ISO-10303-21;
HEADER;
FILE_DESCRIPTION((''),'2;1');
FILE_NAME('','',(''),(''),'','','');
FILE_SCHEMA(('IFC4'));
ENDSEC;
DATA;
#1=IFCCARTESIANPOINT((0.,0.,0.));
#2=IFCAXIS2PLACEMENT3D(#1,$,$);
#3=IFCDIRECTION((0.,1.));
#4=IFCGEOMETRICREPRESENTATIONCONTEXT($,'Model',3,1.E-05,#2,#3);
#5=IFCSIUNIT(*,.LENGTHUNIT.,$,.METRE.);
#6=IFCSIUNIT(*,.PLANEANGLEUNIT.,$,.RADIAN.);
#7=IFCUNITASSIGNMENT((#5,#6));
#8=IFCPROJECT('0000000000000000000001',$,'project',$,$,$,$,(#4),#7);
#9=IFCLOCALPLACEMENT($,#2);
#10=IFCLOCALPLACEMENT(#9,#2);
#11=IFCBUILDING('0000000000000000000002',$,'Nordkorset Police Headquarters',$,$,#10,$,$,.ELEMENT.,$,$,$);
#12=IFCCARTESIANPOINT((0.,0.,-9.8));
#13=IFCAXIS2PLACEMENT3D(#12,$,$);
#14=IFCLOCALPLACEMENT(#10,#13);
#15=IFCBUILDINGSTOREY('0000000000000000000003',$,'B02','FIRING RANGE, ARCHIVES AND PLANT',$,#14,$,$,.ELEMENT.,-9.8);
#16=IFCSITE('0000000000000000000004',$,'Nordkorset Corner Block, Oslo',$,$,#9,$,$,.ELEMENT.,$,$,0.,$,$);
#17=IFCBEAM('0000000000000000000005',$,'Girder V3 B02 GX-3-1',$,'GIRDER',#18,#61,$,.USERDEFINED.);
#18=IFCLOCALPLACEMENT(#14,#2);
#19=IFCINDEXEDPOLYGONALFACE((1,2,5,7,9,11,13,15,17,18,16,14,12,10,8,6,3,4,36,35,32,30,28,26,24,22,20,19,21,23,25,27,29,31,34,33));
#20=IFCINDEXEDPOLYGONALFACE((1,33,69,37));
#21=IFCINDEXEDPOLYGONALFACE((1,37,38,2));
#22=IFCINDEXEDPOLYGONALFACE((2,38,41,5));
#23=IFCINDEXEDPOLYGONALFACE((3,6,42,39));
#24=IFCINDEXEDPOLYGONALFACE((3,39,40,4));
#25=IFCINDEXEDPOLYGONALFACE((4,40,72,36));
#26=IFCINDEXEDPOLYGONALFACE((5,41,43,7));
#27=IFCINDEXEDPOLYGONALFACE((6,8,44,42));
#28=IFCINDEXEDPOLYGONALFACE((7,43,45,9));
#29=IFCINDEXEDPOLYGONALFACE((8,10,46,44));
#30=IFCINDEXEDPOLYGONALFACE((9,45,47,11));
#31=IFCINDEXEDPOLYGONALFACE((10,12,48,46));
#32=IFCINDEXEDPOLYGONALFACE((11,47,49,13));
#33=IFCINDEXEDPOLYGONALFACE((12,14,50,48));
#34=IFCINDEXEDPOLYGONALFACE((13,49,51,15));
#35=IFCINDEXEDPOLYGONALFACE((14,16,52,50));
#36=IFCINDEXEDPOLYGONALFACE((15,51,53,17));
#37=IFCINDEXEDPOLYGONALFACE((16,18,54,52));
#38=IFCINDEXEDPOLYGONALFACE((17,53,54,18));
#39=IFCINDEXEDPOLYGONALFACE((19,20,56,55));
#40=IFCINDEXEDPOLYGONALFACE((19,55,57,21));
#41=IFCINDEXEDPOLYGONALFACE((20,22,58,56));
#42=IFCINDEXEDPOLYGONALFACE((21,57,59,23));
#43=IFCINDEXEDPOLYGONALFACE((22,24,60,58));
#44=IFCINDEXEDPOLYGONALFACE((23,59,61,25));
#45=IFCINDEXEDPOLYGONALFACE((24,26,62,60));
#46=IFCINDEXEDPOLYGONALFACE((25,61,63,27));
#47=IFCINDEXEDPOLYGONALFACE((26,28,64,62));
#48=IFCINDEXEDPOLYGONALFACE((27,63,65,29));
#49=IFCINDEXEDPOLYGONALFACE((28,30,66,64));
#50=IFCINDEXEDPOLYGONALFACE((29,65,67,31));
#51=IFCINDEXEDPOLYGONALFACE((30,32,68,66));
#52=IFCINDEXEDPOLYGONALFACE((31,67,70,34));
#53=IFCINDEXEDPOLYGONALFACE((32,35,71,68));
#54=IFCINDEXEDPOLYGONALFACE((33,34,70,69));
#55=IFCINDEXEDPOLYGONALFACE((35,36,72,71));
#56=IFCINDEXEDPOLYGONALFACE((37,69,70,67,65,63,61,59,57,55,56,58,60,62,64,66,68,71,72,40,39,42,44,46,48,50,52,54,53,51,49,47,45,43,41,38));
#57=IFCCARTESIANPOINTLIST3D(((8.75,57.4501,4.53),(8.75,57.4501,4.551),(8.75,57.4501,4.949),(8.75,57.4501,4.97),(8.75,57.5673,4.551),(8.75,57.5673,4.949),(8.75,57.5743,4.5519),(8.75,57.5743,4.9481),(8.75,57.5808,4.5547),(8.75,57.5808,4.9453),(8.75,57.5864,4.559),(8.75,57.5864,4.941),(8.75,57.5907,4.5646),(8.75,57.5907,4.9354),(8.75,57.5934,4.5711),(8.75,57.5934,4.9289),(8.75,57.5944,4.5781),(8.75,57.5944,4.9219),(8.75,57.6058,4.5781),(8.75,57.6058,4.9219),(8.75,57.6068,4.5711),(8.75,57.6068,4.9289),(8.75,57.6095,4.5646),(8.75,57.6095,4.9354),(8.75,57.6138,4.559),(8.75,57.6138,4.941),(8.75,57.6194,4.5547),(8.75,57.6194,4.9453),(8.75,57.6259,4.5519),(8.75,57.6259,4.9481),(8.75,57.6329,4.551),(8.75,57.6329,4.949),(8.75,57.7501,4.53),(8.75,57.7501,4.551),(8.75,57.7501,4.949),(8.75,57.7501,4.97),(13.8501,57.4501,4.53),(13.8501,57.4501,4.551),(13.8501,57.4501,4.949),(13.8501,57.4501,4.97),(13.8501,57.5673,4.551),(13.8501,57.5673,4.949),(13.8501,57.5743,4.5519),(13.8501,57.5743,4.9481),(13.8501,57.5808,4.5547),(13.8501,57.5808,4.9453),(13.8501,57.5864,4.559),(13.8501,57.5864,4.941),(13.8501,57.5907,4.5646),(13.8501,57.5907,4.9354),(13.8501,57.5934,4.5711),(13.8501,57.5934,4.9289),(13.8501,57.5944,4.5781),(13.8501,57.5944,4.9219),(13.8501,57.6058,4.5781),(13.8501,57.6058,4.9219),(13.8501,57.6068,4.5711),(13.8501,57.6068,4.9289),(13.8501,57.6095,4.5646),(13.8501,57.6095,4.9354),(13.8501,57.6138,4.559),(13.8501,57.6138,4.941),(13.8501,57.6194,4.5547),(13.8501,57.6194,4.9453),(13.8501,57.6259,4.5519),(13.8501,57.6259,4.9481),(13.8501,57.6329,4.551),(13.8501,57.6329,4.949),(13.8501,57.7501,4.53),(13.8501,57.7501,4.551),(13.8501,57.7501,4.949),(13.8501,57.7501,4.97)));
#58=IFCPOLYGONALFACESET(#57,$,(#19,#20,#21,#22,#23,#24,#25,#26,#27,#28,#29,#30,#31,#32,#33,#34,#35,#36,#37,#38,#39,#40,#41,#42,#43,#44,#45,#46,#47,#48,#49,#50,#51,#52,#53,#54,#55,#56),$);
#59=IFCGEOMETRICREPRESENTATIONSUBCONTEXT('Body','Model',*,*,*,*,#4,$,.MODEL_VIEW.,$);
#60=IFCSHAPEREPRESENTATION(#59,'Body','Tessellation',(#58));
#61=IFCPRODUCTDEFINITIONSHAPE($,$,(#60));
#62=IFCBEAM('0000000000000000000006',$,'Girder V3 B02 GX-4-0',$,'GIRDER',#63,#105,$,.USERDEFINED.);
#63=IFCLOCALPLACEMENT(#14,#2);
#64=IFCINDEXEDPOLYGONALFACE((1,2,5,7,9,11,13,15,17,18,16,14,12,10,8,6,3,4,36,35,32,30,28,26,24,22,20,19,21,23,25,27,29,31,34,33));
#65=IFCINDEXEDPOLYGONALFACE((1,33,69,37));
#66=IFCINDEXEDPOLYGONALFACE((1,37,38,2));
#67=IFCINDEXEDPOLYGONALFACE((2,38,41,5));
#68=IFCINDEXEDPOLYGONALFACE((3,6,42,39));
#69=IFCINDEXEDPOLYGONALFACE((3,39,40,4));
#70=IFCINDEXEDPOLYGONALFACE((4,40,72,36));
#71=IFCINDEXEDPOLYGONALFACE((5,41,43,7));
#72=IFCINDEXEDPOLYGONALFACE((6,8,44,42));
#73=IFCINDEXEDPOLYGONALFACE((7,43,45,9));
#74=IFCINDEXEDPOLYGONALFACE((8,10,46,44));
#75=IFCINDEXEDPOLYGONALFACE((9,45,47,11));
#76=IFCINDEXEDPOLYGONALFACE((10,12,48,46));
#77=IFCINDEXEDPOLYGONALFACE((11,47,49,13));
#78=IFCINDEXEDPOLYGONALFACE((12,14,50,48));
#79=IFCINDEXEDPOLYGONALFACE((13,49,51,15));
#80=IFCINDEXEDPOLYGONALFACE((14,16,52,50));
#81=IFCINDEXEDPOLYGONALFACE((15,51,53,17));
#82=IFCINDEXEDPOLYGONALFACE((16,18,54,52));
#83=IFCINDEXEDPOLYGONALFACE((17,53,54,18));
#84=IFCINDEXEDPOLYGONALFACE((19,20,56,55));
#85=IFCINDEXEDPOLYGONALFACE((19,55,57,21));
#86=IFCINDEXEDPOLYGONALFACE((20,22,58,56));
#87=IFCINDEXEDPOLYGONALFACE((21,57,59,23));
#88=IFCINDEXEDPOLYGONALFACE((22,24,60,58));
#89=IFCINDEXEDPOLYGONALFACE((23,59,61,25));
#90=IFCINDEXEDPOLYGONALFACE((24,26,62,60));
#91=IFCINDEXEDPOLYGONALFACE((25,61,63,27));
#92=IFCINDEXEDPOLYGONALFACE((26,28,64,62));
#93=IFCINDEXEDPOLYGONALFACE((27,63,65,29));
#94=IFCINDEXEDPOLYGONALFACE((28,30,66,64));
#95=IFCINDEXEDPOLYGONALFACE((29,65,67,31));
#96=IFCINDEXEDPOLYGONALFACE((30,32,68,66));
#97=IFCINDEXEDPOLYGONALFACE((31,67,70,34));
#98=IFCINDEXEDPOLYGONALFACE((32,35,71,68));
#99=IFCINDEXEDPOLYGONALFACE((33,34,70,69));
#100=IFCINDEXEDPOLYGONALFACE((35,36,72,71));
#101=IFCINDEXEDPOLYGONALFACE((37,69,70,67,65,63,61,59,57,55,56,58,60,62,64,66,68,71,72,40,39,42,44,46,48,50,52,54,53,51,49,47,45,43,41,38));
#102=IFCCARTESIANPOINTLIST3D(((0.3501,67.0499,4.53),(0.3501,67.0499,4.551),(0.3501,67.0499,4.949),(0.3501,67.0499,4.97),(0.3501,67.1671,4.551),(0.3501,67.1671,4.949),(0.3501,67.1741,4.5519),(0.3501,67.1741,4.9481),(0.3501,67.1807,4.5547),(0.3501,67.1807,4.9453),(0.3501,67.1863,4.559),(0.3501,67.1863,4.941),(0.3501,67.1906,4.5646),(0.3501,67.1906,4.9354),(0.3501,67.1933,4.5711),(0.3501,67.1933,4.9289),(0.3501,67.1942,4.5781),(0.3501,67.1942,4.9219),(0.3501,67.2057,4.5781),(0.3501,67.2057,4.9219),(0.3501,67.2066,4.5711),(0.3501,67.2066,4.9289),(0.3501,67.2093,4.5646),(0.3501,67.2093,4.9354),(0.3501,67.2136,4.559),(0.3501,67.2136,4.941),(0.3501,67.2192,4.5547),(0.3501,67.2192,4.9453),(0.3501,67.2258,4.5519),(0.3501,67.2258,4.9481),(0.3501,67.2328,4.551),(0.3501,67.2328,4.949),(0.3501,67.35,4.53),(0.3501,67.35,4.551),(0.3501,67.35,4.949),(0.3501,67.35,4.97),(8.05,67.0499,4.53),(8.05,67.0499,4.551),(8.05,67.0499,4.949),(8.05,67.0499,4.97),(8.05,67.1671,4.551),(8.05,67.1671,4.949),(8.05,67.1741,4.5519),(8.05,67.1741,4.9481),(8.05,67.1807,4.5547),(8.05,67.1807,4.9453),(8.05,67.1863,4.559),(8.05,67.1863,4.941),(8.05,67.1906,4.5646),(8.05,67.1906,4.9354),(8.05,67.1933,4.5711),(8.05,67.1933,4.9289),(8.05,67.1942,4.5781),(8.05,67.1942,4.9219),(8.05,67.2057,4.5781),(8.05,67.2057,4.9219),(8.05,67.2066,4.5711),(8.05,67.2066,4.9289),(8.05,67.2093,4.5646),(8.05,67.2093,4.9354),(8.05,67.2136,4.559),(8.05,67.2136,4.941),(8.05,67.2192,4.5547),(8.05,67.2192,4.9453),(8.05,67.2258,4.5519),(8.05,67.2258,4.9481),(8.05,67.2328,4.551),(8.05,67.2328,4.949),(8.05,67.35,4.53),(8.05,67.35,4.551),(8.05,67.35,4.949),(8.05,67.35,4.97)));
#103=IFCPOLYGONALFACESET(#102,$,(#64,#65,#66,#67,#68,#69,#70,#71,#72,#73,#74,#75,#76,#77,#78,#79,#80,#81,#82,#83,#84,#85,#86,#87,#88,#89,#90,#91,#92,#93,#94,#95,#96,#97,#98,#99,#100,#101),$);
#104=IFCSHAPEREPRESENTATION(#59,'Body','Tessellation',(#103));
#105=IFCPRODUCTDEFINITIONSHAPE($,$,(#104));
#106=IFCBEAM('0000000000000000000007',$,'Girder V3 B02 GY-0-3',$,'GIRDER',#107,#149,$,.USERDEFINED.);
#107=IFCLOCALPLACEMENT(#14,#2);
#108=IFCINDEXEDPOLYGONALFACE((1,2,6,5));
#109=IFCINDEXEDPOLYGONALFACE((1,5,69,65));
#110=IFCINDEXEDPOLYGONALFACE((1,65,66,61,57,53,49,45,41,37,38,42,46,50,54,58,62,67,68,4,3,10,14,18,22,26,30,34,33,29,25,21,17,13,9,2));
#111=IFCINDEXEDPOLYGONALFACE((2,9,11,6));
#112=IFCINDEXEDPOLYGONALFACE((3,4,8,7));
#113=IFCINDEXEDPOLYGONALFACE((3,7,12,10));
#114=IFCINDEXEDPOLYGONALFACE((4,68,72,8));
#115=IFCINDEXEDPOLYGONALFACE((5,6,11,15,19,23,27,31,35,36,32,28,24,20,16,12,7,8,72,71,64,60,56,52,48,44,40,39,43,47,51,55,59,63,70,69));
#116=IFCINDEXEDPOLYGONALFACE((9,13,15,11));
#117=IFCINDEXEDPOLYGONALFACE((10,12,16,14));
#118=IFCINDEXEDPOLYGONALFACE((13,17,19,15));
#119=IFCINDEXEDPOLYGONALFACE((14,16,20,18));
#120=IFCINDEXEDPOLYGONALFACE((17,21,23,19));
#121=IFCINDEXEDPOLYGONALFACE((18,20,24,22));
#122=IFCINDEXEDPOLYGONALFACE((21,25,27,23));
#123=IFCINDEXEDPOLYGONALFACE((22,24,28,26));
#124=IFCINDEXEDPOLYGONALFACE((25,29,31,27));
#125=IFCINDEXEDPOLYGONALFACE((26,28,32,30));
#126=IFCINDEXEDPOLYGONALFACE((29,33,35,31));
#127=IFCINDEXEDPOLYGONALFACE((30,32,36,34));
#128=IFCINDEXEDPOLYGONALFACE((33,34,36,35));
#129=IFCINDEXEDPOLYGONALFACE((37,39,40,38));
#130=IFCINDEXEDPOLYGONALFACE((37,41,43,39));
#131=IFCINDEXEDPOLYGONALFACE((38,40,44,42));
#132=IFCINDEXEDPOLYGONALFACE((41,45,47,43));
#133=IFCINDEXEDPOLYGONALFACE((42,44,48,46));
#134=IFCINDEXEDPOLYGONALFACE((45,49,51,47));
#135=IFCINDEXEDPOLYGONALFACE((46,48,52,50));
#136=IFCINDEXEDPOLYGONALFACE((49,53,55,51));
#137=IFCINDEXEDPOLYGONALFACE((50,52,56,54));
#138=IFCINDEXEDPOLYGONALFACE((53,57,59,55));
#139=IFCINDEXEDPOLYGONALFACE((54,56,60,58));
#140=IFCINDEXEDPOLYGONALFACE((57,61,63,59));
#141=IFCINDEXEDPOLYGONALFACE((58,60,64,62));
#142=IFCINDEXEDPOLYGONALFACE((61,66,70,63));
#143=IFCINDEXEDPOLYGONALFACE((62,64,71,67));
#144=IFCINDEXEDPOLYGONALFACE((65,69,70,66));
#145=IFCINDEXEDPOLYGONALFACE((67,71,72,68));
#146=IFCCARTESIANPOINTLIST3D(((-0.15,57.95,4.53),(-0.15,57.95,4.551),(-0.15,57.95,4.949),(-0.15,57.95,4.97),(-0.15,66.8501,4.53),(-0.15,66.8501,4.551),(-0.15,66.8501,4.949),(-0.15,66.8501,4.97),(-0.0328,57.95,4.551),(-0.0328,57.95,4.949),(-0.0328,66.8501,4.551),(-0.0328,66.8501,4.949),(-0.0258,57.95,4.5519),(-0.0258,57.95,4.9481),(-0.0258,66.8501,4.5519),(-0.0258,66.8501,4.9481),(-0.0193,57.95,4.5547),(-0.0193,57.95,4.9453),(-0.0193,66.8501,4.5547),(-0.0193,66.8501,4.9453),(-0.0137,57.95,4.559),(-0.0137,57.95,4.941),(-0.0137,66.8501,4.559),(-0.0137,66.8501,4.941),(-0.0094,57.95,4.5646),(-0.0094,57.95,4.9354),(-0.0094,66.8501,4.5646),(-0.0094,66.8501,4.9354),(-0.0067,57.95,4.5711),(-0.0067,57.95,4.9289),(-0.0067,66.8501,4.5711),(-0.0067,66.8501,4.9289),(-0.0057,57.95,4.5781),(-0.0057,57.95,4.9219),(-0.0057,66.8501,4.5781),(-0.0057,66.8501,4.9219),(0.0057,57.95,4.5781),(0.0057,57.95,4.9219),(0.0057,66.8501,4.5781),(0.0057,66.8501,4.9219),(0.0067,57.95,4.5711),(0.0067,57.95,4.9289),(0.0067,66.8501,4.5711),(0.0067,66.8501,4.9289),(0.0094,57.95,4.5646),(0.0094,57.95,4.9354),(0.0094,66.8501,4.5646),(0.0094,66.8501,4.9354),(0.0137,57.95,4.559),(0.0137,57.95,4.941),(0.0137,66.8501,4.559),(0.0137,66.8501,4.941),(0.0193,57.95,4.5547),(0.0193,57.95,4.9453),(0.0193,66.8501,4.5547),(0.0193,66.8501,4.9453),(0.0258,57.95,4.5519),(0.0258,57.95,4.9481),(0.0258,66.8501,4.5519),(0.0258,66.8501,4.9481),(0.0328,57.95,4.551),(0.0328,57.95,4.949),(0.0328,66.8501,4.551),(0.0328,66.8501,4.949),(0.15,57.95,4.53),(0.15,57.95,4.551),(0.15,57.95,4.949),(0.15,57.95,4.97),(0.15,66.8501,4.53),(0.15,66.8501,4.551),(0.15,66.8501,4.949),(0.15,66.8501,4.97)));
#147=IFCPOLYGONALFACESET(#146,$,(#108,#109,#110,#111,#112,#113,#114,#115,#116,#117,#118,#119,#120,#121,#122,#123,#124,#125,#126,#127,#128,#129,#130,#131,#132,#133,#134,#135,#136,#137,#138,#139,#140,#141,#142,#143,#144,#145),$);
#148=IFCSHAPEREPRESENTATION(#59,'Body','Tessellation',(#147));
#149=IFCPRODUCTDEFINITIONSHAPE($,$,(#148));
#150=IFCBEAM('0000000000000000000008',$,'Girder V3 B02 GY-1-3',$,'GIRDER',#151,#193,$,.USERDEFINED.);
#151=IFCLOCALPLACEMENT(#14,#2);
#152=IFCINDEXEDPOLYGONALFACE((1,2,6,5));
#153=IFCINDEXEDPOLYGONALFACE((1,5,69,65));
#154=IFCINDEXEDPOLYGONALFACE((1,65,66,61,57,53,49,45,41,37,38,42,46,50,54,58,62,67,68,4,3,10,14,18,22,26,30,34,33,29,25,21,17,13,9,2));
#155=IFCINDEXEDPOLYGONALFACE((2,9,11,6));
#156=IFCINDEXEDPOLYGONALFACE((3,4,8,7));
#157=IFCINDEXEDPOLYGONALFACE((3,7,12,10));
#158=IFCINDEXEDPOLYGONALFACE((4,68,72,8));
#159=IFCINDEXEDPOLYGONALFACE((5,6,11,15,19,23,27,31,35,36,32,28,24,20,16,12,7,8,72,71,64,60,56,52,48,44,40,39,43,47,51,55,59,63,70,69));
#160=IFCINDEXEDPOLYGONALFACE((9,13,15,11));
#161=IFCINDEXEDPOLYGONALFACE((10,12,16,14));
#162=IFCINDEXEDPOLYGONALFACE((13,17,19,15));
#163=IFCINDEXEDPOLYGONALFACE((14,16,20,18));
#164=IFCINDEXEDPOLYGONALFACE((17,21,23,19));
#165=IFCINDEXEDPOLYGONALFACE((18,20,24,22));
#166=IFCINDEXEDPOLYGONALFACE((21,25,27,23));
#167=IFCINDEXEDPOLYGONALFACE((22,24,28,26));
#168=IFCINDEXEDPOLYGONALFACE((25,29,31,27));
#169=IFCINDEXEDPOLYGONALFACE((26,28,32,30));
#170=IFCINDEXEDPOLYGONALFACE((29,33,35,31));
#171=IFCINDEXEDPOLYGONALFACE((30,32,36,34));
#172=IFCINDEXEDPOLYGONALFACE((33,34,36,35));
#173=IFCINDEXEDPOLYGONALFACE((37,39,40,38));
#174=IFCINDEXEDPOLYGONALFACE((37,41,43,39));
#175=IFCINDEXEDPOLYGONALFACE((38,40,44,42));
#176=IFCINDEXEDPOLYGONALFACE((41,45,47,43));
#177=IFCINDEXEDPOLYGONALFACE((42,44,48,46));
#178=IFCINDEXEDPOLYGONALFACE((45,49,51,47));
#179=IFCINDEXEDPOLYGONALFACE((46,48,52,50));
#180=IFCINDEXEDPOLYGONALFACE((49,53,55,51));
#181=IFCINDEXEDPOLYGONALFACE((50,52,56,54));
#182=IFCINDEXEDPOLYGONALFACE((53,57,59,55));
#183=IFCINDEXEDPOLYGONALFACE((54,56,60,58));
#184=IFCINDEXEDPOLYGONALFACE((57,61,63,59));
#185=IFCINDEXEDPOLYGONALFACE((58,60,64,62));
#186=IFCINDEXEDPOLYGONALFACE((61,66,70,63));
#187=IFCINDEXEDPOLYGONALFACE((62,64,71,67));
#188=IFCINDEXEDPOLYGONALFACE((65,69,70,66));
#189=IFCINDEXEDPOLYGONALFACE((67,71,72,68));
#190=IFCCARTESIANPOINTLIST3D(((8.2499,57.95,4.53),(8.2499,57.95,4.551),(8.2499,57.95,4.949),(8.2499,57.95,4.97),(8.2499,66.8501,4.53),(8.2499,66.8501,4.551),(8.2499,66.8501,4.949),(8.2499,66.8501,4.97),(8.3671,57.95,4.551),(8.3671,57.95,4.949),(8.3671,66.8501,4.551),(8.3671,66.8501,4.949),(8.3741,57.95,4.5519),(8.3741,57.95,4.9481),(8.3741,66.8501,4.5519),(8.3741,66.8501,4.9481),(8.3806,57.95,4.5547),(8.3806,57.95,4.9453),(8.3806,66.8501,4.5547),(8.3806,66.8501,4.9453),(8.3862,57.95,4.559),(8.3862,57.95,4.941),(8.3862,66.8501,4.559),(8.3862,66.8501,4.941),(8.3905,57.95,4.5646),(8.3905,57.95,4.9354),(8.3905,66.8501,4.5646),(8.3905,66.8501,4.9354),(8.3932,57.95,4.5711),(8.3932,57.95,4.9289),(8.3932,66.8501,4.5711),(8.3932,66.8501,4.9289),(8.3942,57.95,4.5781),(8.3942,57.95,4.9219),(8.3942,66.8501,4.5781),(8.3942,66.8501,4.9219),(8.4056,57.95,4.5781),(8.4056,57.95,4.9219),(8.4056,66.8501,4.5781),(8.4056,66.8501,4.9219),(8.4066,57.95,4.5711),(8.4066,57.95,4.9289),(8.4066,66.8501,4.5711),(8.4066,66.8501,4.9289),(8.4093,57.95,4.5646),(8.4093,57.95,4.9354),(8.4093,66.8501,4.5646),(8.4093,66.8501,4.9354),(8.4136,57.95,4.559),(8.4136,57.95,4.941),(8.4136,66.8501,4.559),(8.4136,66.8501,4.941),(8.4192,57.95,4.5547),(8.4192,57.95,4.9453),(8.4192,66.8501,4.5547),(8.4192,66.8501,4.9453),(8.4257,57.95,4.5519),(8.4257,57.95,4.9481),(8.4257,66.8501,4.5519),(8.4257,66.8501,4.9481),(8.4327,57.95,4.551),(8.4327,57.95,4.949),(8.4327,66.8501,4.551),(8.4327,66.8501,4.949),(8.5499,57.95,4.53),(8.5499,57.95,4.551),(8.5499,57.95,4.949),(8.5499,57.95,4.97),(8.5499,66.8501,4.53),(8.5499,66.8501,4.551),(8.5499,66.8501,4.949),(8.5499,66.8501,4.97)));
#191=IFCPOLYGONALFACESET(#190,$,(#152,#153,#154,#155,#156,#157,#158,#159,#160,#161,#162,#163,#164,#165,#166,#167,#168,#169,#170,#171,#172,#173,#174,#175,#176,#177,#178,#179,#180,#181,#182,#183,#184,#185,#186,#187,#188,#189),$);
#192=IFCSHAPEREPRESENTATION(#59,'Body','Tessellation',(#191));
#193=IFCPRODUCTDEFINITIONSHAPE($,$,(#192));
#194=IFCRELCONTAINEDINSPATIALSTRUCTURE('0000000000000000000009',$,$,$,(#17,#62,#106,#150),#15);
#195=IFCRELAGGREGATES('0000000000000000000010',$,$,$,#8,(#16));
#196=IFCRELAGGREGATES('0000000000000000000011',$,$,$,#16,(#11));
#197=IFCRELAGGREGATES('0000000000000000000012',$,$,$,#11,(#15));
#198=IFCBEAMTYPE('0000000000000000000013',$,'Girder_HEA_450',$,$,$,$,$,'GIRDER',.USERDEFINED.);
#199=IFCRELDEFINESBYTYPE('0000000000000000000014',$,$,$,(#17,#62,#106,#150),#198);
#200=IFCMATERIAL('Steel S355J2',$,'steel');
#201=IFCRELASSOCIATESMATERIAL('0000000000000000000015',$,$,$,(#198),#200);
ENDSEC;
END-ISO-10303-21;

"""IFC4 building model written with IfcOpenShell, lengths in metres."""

from ifc_helpers import new_model, si_unit, direction, frame, origin, origin_2d, place, context, subcontext, project, spatial, i_section, extrude, material, material_profile, profile_set, type_object, element, save


model = new_model("IFC4")

# Units and contexts
model_context = context("Model", 3, precision=1e-05, world=origin(), true_north=direction((0.0, 1.0)))
body_context = subcontext(model_context, "Body", "Model", "MODEL_VIEW")
ifc_project = project(units=[si_unit("LENGTHUNIT", "METRE"), si_unit("PLANEANGLEUNIT", "RADIAN")], contexts=[model_context])

# Site, building, storey
site_placement = place(None, origin())
site = spatial("IfcSite", under=ifc_project, at=site_placement, Name="Nordkorset Corner Block, Oslo", CompositionType="ELEMENT", RefElevation=0.0)
building_placement = place(site_placement, origin())
building = spatial("IfcBuilding", under=site, at=building_placement, Name="Nordkorset Police Headquarters", CompositionType="ELEMENT")
storey_placement = place(building_placement, frame((0.0, 0.0, -9.8)))
storey = spatial("IfcBuildingStorey", under=building, at=storey_placement, Name="B02", Description="FIRING RANGE, ARCHIVES AND PLANT", CompositionType="ELEMENT", Elevation=-9.8)

# Beams
ifc_material_1 = material(Name="Steel S355J2", Category="steel")
ifc_material_profile_1 = material_profile(ifc_material_1, i_section(OverallWidth=0.3, OverallDepth=0.4399, WebThickness=0.0115, FlangeThickness=0.021, FilletRadius=0.0271, at=origin_2d()), Name="HEA 450")
ifc_profile_set_1 = profile_set([ifc_material_profile_1], Name="Steel S355J2")
beam_type_1 = type_object("IfcBeamType", Name="Girder_HEA_450", ElementType="GIRDER", PredefinedType="USERDEFINED", material=ifc_profile_set_1)
beam_1_placement = place(storey_placement, frame((8.75, 57.6001, 4.75), z_axis=(1.0, 0.0, 0.0), x_axis=(0.0, 1.0, 0.0)))
element("IfcBeam", 1, at=beam_1_placement, inside=storey, type_object=beam_type_1, Name="Girder V3 B02 GX-3-1", ObjectType="GIRDER", PredefinedType="USERDEFINED", context=body_context, shape_type="SweptSolid", body=[
    extrude(i_section(OverallWidth=0.3, OverallDepth=0.4399, WebThickness=0.0115, FlangeThickness=0.021, FilletRadius=0.0271, at=origin_2d()), origin(), (0.0, 0.0, 1.0), 5.1001),
])
beam_2_placement = place(storey_placement, frame((0.3501, 67.2, 4.75), z_axis=(1.0, 0.0, 0.0), x_axis=(0.0, 1.0, 0.0)))
element("IfcBeam", 2, at=beam_2_placement, inside=storey, type_object=beam_type_1, Name="Girder V3 B02 GX-4-0", ObjectType="GIRDER", PredefinedType="USERDEFINED", context=body_context, shape_type="SweptSolid", body=[
    extrude(i_section(OverallWidth=0.3, OverallDepth=0.4399, WebThickness=0.0115, FlangeThickness=0.021, FilletRadius=0.0271, at=origin_2d()), origin(), (0.0, 0.0, 1.0), 7.7),
])
for number, where, z_axis, x_axis, name in (
    (3, (0.0, 57.95, 4.75), (0.0, 1.0, 0.0), (-1.0, 0.0, 0.0), "Girder V3 B02 GY-0-3"),
    (4, (8.3999, 57.95, 4.75), (0.0, 1.0, 0.0), (-1.0, 0.0, 0.0), "Girder V3 B02 GY-1-3"),
):
    element("IfcBeam", number, at=place(storey_placement, frame(where, z_axis=z_axis, x_axis=x_axis)), inside=storey, type_object=beam_type_1, Name=name, ObjectType="GIRDER", PredefinedType="USERDEFINED", context=body_context, shape_type="SweptSolid", body=[
        extrude(i_section(OverallWidth=0.3, OverallDepth=0.4399, WebThickness=0.0115, FlangeThickness=0.021, FilletRadius=0.0271, at=origin_2d()), origin(), (0.0, 0.0, 1.0), 8.9001),
    ])

save(model, "model.ifc")
